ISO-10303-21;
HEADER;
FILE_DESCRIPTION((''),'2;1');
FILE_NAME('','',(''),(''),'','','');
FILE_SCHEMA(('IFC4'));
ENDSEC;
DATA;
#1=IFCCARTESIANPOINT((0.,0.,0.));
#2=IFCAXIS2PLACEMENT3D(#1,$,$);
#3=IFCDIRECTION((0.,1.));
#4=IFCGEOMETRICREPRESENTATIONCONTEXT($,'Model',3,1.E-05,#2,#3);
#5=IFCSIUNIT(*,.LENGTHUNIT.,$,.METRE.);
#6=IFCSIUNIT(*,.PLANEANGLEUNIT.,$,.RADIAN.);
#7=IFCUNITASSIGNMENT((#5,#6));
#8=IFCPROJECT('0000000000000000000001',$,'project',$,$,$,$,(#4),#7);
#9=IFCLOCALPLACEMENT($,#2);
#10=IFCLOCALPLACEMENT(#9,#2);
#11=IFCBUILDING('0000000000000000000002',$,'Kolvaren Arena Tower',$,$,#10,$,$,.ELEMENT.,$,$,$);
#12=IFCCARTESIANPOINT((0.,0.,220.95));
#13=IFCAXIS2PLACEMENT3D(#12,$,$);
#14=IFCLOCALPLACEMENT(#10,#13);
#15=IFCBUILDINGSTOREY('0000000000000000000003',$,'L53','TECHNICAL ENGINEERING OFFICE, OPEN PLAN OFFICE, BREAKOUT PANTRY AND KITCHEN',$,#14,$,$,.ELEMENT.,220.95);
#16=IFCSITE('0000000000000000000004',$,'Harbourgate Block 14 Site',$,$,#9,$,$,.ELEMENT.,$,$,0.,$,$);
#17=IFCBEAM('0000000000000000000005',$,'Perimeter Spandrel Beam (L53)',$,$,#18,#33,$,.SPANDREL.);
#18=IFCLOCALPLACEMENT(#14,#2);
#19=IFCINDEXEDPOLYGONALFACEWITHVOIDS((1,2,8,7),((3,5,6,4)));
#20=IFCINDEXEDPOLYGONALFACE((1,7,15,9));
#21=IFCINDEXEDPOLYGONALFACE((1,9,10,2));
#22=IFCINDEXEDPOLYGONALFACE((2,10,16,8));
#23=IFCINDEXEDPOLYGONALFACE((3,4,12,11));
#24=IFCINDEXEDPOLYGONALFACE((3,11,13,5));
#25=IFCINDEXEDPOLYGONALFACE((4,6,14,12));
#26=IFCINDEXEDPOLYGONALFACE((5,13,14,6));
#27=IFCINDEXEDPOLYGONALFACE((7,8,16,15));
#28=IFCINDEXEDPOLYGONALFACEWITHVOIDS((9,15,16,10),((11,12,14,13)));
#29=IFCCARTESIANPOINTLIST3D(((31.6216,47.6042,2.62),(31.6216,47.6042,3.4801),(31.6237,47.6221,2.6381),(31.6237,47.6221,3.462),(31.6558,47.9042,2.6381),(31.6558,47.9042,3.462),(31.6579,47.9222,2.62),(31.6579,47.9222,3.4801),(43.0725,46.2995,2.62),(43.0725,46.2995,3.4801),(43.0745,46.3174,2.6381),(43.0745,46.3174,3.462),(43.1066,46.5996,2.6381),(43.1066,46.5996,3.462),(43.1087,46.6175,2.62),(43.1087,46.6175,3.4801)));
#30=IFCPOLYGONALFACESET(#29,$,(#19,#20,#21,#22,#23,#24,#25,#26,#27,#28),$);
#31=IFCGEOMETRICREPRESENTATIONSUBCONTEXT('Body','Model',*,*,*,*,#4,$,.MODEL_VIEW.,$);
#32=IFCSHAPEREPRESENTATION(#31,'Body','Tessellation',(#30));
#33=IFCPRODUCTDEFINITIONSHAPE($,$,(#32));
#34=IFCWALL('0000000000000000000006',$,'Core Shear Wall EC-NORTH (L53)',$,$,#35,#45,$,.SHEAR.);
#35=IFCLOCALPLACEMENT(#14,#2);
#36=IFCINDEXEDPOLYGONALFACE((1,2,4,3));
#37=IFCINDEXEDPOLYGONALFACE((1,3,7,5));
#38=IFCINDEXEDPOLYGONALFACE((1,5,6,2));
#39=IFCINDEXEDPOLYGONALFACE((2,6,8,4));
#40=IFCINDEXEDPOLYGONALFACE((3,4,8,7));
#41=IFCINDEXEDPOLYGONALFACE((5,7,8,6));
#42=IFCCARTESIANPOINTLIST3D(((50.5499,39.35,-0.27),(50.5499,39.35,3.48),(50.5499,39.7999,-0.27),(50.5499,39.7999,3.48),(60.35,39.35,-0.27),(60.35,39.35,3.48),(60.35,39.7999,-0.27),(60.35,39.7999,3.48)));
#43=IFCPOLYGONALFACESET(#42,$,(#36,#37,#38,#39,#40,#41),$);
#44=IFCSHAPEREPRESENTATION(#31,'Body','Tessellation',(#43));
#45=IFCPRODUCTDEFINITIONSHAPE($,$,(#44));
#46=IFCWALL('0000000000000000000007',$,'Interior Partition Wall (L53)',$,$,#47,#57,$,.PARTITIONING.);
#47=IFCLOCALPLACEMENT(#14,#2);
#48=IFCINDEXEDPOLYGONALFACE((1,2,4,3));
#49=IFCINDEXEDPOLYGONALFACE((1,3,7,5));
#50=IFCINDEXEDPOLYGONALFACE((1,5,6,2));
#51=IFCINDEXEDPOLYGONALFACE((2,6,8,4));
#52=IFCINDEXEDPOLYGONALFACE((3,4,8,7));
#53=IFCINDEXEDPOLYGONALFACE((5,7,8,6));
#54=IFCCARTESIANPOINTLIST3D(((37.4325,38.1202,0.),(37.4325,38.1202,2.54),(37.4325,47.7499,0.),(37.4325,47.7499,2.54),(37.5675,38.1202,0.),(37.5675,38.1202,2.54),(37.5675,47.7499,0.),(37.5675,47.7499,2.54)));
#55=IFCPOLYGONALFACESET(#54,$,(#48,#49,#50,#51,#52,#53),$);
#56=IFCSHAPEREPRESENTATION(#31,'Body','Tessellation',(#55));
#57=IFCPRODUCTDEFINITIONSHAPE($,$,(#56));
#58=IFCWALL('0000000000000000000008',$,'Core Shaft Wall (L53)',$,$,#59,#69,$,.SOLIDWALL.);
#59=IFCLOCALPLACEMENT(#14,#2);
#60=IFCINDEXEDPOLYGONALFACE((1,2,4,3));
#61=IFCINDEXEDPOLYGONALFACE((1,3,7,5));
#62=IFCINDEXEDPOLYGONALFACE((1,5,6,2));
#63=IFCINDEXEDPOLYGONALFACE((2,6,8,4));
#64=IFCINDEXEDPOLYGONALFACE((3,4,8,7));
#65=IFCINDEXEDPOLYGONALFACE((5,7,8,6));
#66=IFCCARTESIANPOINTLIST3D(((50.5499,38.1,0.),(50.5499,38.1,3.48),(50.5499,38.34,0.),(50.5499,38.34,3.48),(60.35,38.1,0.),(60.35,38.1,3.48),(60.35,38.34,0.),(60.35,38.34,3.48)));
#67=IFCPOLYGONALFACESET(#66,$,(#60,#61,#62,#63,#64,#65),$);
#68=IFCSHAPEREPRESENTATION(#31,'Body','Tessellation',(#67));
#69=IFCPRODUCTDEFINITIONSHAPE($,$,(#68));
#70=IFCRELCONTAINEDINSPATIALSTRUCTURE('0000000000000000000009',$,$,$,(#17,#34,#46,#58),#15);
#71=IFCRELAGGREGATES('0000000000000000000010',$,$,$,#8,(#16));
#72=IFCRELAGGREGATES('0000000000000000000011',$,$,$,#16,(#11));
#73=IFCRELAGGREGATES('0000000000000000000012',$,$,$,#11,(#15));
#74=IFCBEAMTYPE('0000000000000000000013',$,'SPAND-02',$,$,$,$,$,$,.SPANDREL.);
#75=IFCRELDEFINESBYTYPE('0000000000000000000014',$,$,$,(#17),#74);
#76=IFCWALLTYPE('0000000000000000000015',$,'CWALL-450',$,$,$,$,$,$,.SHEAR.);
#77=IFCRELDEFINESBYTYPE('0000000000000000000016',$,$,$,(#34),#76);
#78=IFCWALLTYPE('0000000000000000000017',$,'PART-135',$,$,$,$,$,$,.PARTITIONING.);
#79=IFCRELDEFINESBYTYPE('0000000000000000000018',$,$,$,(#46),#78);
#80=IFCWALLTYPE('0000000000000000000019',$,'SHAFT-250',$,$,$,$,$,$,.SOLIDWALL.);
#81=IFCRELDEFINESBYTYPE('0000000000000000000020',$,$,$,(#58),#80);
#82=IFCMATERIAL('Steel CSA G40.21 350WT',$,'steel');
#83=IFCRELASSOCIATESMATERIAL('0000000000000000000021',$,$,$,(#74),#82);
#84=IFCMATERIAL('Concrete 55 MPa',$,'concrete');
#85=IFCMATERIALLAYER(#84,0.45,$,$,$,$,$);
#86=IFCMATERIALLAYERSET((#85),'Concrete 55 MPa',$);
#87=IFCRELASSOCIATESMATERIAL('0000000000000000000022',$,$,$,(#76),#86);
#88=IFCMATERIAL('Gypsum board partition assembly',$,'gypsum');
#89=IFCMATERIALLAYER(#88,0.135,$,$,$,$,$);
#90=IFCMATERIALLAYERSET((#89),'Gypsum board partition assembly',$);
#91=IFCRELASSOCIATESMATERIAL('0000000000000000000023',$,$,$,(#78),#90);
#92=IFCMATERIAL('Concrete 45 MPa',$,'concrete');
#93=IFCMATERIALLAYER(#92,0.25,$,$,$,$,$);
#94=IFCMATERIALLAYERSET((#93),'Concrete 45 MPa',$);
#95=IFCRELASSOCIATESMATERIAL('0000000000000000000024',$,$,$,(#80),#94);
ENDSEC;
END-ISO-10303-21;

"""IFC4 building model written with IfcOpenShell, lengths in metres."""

from ifc_helpers import new_model, si_unit, direction, frame, frame_2d, origin, origin_2d, place, context, subcontext, project, spatial, rectangle, hollow_rectangle, extrude, material, layer, layer_set, material_profile, profile_set, type_object, element, save


model = new_model("IFC4")

# Units and contexts
model_context = context("Model", 3, precision=1e-05, world=origin(), true_north=direction((0.0, 1.0)))
body_context = subcontext(model_context, "Body", "Model", "MODEL_VIEW")
ifc_project = project(units=[si_unit("LENGTHUNIT", "METRE"), si_unit("PLANEANGLEUNIT", "RADIAN")], contexts=[model_context])

# Site, building, storey
site_placement = place(None, origin())
site = spatial("IfcSite", under=ifc_project, at=site_placement, Name="Harbourgate Block 14 Site", CompositionType="ELEMENT", RefElevation=0.0)
building_placement = place(site_placement, origin())
building = spatial("IfcBuilding", under=site, at=building_placement, Name="Kolvaren Arena Tower", CompositionType="ELEMENT")
storey_placement = place(building_placement, frame((0.0, 0.0, 220.95)))
storey = spatial("IfcBuildingStorey", under=building, at=storey_placement, Name="L53", Description="TECHNICAL ENGINEERING OFFICE, OPEN PLAN OFFICE, BREAKOUT PANTRY AND KITCHEN", CompositionType="ELEMENT", Elevation=220.95)

# Beam
ifc_material_1 = material(Name="Steel CSA G40.21 350WT", Category="steel")
ifc_material_profile_1 = material_profile(ifc_material_1, hollow_rectangle(XDim=0.3201, YDim=0.8601, WallThickness=0.0181, at=origin_2d()), Name="HSS 860x320x18")
ifc_profile_set_1 = profile_set([ifc_material_profile_1], Name="Steel CSA G40.21 350WT")
beam_type_1 = type_object("IfcBeamType", Name="SPAND-02", PredefinedType="SPANDREL", material=ifc_profile_set_1)
beam_1_placement = place(storey_placement, frame((43.0906, 46.4585, 3.05), z_axis=(-0.993572, 0.113205, 0.0), x_axis=(-0.113205, -0.993572, 0.0)))
element("IfcBeam", 1, at=beam_1_placement, inside=storey, type_object=beam_type_1, Name="Perimeter Spandrel Beam (L53)", PredefinedType="SPANDREL", context=body_context, shape_type="SweptSolid", body=[
    extrude(hollow_rectangle(XDim=0.3201, YDim=0.8601, WallThickness=0.0181, at=origin_2d()), origin(), (0.0, 0.0, 1.0), 11.5249),
])

# Walls
ifc_material_2 = material(Name="Concrete 55 MPa", Category="concrete")
ifc_layer_1 = layer(ifc_material_2, 0.45)
ifc_layer_set_1 = layer_set([ifc_layer_1], Name="Concrete 55 MPa")
wall_type_1 = type_object("IfcWallType", Name="CWALL-450", PredefinedType="SHEAR", material=ifc_layer_set_1)
wall_1_placement = place(storey_placement, frame((50.55, 39.575, -0.27), z_axis=(0.0, 0.0, 1.0), x_axis=(1.0, 0.0, 0.0)))
element("IfcWall", 2, at=wall_1_placement, inside=storey, type_object=wall_type_1, Name="Core Shear Wall EC-NORTH (L53)", PredefinedType="SHEAR", context=body_context, shape_type="SweptSolid", body=[
    extrude(rectangle(XDim=9.8, YDim=0.45, at=frame_2d((4.8999, 0.0))), origin(), (0.0, 0.0, 1.0), 3.75),
])
ifc_material_3 = material(Name="Gypsum board partition assembly", Category="gypsum")
ifc_layer_2 = layer(ifc_material_3, 0.135)
ifc_layer_set_2 = layer_set([ifc_layer_2], Name="Gypsum board partition assembly")
wall_type_2 = type_object("IfcWallType", Name="PART-135", PredefinedType="PARTITIONING", material=ifc_layer_set_2)
wall_2_placement = place(storey_placement, frame((37.5, 38.1201, 0.0), z_axis=(0.0, 0.0, 1.0), x_axis=(0.0, 1.0, 0.0)))
element("IfcWall", 3, at=wall_2_placement, inside=storey, type_object=wall_type_2, Name="Interior Partition Wall (L53)", PredefinedType="PARTITIONING", context=body_context, shape_type="SweptSolid", body=[
    extrude(rectangle(XDim=9.6296, YDim=0.135, at=frame_2d((4.8149, 0.0))), origin(), (0.0, 0.0, 1.0), 2.54),
])
ifc_material_4 = material(Name="Concrete 45 MPa", Category="concrete")
ifc_layer_3 = layer(ifc_material_4, 0.25)
ifc_layer_set_3 = layer_set([ifc_layer_3], Name="Concrete 45 MPa")
wall_type_3 = type_object("IfcWallType", Name="SHAFT-250", PredefinedType="SOLIDWALL", material=ifc_layer_set_3)
wall_3_placement = place(storey_placement, frame((50.55, 38.22, 0.0), z_axis=(0.0, 0.0, 1.0), x_axis=(1.0, 0.0, 0.0)))
element("IfcWall", 4, at=wall_3_placement, inside=storey, type_object=wall_type_3, Name="Core Shaft Wall (L53)", PredefinedType="SOLIDWALL", context=body_context, shape_type="SweptSolid", body=[
    extrude(rectangle(XDim=9.8, YDim=0.24, at=frame_2d((4.8999, 0.0))), origin(), (0.0, 0.0, 1.0), 3.48),
])

save(model, "model.ifc")
